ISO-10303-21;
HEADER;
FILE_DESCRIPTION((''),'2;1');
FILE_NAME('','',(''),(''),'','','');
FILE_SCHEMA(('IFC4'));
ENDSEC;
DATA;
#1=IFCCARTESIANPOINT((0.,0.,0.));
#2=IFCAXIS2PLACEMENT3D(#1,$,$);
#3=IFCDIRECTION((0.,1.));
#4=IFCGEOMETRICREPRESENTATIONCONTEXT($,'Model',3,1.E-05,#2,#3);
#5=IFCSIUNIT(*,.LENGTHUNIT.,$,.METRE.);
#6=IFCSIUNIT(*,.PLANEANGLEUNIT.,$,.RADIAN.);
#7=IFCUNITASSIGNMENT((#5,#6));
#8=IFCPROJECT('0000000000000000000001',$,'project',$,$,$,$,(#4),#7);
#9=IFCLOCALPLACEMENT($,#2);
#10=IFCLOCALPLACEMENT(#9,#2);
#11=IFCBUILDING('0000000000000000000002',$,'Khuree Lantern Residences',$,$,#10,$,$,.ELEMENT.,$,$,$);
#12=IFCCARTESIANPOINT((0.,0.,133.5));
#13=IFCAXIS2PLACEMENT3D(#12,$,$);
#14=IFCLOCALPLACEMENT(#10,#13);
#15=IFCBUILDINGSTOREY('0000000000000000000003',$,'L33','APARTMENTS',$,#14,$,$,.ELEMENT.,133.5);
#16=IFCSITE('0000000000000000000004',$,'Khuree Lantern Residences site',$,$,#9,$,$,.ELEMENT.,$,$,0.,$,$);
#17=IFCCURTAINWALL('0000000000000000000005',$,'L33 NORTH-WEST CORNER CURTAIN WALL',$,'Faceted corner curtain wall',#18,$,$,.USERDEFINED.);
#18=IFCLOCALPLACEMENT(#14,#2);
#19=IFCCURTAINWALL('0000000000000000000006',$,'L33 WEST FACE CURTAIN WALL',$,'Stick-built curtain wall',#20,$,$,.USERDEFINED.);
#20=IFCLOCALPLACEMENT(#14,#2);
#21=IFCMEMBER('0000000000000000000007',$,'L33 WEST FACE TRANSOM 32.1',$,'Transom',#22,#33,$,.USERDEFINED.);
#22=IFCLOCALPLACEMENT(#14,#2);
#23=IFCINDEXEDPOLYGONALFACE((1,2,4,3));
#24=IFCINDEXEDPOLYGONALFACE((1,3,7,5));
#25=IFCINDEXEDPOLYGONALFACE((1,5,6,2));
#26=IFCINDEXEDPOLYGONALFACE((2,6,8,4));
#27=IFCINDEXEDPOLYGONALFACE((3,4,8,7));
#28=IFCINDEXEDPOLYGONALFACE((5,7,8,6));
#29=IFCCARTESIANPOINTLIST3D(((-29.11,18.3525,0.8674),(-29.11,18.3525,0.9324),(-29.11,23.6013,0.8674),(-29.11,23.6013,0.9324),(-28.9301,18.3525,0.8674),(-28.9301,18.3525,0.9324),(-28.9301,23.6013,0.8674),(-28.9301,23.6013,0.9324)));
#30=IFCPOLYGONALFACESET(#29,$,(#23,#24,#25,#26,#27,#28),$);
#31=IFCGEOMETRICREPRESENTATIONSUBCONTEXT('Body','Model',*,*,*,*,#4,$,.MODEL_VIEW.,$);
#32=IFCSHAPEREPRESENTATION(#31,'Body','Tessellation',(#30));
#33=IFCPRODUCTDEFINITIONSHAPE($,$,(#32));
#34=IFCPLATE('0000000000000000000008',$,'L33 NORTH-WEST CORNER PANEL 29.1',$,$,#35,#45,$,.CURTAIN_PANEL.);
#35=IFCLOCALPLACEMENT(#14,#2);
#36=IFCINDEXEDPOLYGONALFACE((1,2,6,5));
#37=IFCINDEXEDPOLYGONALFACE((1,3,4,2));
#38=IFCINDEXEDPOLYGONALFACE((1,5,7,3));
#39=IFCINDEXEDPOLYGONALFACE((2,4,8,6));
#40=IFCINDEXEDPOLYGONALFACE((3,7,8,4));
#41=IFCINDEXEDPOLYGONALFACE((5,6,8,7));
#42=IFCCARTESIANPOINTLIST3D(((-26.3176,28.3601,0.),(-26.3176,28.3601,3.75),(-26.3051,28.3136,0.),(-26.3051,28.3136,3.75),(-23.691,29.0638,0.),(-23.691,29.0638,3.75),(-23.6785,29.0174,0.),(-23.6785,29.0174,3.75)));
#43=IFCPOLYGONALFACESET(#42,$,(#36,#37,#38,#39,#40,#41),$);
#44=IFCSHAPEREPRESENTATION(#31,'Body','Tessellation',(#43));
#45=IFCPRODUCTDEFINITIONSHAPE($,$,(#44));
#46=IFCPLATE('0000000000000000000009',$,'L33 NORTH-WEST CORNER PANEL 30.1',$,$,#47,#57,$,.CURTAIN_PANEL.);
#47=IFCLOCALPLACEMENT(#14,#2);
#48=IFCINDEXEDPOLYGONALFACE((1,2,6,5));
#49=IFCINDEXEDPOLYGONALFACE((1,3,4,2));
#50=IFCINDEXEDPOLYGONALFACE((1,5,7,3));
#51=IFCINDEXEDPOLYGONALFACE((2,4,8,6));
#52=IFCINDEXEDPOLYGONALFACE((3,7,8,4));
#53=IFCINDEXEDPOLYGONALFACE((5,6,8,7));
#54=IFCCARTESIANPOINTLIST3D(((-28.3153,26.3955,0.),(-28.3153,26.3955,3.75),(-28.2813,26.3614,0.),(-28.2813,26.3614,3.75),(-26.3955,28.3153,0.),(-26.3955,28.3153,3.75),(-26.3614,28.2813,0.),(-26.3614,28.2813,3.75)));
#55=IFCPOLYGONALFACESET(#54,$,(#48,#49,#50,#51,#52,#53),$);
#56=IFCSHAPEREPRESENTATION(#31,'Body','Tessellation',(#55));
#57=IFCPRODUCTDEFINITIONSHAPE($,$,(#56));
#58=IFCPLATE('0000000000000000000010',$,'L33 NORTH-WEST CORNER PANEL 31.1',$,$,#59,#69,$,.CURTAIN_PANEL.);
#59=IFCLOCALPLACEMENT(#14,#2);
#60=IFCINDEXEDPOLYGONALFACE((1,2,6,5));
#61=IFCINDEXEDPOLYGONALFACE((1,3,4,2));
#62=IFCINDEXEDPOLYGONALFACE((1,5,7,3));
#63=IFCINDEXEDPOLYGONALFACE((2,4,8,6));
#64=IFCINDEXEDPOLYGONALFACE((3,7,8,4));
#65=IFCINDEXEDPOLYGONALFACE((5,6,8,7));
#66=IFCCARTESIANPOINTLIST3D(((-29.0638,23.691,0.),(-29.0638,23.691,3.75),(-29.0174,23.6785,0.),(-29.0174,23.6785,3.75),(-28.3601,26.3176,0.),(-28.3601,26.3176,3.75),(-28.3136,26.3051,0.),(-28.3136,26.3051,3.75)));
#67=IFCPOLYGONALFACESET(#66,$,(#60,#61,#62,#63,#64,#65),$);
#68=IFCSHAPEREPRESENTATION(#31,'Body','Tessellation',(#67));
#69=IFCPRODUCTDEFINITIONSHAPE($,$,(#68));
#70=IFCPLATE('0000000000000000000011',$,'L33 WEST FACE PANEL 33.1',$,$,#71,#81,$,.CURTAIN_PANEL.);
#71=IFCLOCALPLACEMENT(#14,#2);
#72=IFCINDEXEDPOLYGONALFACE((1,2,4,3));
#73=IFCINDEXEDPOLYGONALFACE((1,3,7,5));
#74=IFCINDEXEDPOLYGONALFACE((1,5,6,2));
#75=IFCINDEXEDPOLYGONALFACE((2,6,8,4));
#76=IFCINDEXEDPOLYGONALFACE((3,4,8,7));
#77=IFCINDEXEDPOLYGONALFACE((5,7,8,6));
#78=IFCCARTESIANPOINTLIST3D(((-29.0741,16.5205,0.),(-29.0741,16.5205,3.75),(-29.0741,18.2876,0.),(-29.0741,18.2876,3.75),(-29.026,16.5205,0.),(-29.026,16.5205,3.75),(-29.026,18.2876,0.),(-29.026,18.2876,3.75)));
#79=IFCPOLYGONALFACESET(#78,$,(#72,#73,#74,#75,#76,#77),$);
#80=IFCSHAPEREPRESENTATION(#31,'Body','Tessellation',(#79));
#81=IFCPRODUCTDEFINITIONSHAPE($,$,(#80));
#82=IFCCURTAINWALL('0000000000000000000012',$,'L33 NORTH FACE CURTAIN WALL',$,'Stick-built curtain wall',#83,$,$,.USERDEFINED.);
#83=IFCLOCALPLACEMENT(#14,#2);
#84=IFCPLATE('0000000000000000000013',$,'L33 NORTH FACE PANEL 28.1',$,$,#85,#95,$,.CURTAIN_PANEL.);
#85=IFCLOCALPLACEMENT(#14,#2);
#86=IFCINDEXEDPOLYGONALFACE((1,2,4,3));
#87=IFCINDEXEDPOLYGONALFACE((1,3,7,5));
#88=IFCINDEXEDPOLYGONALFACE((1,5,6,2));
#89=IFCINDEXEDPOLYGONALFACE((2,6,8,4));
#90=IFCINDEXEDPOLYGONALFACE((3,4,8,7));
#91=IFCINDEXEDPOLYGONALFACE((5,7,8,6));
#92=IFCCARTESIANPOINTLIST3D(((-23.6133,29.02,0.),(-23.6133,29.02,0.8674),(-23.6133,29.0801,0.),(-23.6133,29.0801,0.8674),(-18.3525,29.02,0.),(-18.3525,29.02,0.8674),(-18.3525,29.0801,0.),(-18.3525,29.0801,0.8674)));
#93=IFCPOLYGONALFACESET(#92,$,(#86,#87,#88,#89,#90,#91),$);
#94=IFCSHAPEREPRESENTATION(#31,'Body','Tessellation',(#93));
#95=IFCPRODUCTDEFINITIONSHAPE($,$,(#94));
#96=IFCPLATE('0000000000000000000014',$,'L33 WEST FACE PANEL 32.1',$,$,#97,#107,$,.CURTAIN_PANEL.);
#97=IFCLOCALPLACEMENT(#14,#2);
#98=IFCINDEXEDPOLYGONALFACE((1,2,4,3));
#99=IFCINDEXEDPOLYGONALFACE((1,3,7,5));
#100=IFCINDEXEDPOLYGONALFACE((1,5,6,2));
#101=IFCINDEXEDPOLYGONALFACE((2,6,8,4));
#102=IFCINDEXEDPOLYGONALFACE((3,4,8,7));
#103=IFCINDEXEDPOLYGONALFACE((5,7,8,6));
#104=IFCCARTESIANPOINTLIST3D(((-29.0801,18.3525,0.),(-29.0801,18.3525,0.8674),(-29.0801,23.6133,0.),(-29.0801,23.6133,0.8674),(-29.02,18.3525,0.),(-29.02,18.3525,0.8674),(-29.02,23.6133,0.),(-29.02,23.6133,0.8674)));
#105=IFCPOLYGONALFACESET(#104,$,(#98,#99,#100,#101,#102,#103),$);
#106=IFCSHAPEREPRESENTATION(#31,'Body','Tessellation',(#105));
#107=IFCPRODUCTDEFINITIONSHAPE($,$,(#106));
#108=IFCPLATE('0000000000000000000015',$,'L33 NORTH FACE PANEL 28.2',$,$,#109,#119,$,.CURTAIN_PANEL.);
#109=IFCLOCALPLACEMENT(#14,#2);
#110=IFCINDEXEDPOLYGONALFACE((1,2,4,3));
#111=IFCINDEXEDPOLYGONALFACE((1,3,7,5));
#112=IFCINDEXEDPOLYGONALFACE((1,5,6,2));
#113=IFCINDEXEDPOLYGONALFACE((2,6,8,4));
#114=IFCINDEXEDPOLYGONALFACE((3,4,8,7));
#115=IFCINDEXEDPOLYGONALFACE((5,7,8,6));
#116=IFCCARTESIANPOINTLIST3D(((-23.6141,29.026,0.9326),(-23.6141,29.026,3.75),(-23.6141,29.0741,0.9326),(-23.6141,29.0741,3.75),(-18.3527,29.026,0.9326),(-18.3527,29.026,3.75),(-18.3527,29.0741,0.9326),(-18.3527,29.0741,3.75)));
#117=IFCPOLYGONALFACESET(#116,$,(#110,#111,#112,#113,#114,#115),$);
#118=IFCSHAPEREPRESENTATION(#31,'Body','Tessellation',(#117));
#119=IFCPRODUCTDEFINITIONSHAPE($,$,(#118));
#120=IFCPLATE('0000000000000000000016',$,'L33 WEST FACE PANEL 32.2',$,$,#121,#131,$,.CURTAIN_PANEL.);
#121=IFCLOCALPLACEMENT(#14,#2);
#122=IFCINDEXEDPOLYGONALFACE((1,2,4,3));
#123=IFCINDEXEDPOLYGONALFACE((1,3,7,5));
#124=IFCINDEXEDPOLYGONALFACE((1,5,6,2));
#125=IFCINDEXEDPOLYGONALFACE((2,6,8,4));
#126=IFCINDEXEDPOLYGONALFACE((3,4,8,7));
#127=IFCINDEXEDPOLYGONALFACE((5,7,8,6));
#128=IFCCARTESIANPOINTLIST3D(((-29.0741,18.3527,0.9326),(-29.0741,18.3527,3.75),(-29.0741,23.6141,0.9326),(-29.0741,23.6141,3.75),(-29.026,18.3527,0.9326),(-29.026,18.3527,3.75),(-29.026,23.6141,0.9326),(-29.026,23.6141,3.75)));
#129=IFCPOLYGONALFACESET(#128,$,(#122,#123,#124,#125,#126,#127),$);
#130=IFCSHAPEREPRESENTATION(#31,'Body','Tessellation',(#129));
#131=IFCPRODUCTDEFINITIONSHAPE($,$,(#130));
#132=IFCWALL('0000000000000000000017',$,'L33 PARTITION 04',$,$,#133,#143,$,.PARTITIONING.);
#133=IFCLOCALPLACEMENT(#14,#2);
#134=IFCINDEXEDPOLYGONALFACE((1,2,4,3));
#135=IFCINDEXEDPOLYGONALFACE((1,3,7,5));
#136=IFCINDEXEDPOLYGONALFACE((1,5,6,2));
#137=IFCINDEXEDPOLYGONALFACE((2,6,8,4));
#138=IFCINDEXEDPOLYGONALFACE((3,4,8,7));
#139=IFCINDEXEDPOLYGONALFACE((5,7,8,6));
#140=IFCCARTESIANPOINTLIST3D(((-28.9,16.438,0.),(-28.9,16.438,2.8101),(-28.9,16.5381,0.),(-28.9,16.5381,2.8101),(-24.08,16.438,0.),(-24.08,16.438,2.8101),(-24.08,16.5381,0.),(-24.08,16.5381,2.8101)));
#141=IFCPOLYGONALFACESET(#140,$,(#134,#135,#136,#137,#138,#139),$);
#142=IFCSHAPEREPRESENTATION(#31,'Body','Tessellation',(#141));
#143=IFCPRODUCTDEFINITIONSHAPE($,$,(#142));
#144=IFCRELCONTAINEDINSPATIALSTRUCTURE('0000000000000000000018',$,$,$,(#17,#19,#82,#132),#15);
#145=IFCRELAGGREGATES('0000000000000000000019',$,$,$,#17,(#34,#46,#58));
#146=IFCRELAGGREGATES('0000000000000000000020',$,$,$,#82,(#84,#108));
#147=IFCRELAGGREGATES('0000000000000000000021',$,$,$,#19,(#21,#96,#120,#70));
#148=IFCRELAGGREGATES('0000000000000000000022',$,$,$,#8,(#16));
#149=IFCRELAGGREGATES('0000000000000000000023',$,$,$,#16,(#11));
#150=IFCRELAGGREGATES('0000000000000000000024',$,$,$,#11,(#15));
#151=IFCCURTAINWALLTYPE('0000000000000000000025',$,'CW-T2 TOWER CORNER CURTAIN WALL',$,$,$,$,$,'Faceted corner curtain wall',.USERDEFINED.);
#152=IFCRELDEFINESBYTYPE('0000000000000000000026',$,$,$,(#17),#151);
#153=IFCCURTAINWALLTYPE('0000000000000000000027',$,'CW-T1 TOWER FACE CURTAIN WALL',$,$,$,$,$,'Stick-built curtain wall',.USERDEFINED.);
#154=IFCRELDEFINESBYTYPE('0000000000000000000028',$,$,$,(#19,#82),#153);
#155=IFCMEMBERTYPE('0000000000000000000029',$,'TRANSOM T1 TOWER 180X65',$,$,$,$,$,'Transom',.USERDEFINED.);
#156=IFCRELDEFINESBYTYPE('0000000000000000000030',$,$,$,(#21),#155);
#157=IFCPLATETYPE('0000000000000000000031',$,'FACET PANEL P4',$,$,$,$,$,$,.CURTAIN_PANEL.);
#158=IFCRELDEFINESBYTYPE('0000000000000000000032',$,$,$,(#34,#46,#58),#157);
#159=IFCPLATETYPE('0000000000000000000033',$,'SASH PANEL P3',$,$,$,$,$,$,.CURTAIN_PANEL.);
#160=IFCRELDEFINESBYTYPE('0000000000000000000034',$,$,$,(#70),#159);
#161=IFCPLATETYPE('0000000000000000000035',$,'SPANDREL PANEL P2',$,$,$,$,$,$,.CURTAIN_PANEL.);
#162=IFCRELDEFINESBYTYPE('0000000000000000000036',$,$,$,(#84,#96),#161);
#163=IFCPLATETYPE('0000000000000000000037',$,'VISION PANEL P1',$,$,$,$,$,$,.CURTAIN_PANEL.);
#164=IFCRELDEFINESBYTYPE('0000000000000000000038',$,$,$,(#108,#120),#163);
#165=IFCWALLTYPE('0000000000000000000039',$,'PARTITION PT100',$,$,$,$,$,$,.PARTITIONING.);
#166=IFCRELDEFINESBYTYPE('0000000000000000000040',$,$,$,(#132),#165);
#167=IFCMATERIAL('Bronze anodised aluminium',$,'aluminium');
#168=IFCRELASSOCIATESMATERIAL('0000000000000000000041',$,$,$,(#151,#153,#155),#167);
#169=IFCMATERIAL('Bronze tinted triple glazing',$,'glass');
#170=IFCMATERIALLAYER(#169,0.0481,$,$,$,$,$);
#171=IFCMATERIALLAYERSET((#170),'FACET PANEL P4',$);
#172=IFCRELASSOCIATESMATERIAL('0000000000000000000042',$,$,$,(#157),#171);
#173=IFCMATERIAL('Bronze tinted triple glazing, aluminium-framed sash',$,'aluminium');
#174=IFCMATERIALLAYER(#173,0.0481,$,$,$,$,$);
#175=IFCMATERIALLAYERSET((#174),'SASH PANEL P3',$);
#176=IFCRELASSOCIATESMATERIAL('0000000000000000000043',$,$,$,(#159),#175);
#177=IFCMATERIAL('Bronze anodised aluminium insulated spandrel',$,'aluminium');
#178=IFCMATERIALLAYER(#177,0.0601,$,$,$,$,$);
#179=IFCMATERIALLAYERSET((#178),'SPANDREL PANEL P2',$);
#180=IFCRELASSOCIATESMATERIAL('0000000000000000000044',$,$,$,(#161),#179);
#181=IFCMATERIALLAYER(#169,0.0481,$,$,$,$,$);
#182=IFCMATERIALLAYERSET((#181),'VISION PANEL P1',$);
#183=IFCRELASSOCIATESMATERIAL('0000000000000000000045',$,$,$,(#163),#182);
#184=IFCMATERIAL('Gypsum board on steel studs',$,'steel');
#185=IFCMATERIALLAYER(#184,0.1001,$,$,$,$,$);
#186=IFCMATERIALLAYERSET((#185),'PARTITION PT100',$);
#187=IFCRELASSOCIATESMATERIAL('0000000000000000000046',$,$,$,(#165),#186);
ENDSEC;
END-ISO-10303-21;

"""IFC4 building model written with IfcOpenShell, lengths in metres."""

from ifc_helpers import new_model, si_unit, direction, frame, frame_2d, origin, origin_2d, place, context, subcontext, project, spatial, rectangle, extrude, material, layer, layer_set, material_profile, profile_set, type_object, element, aggregate, save


model = new_model("IFC4")

# Units and contexts
model_context = context("Model", 3, precision=1e-05, world=origin(), true_north=direction((0.0, 1.0)))
body_context = subcontext(model_context, "Body", "Model", "MODEL_VIEW")
ifc_project = project(units=[si_unit("LENGTHUNIT", "METRE"), si_unit("PLANEANGLEUNIT", "RADIAN")], contexts=[model_context])

# Site, building, storey
site_placement = place(None, origin())
site = spatial("IfcSite", under=ifc_project, at=site_placement, Name="Khuree Lantern Residences site", CompositionType="ELEMENT", RefElevation=0.0)
building_placement = place(site_placement, origin())
building = spatial("IfcBuilding", under=site, at=building_placement, Name="Khuree Lantern Residences", CompositionType="ELEMENT")
storey_placement = place(building_placement, frame((0.0, 0.0, 133.5)))
storey = spatial("IfcBuildingStorey", under=building, at=storey_placement, Name="L33", Description="APARTMENTS", CompositionType="ELEMENT", Elevation=133.5)

# Curtain wall
ifc_material_1 = material(Name="Bronze anodised aluminium", Category="aluminium")
curtain_wall_type_1 = type_object("IfcCurtainWallType", Name="CW-T2 TOWER CORNER CURTAIN WALL", ElementType="Faceted corner curtain wall", PredefinedType="USERDEFINED", material=ifc_material_1)
curtain_wall_1_placement = place(storey_placement, origin())
curtain_wall_1 = element("IfcCurtainWall", 1, at=curtain_wall_1_placement, inside=storey, type_object=curtain_wall_type_1, Name="L33 NORTH-WEST CORNER CURTAIN WALL", ObjectType="Faceted corner curtain wall", PredefinedType="USERDEFINED")

# Curtain wall, member
curtain_wall_type_2 = type_object("IfcCurtainWallType", Name="CW-T1 TOWER FACE CURTAIN WALL", ElementType="Stick-built curtain wall", PredefinedType="USERDEFINED", material=ifc_material_1)
curtain_wall_2_placement = place(storey_placement, origin())
curtain_wall_2 = element("IfcCurtainWall", 2, at=curtain_wall_2_placement, inside=storey, type_object=curtain_wall_type_2, Name="L33 WEST FACE CURTAIN WALL", ObjectType="Stick-built curtain wall", PredefinedType="USERDEFINED")
ifc_material_profile_1 = material_profile(ifc_material_1, rectangle(XDim=0.1799, YDim=0.0649, at=origin_2d()), Name="T1 180X65")
ifc_profile_set_1 = profile_set([ifc_material_profile_1], Name="Bronze anodised aluminium")
member_type_1 = type_object("IfcMemberType", Name="TRANSOM T1 TOWER 180X65", ElementType="Transom", PredefinedType="USERDEFINED", material=ifc_profile_set_1)
member_1_placement = place(storey_placement, frame((-29.02, 23.6013, 0.8999), z_axis=(0.0, -1.0, 0.0), x_axis=(1.0, 0.0, 0.0)))
member_1 = element("IfcMember", 3, at=member_1_placement, type_object=member_type_1, Name="L33 WEST FACE TRANSOM 32.1", ObjectType="Transom", PredefinedType="USERDEFINED", context=body_context, shape_type="SweptSolid", body=[
    extrude(rectangle(XDim=0.1799, YDim=0.0649, at=origin_2d()), origin(), (0.0, 0.0, 1.0), 5.2488),
])

# Plates
ifc_material_2 = material(Name="Bronze tinted triple glazing", Category="glass")
ifc_layer_1 = layer(ifc_material_2, 0.0481)
ifc_layer_set_1 = layer_set([ifc_layer_1], Name="FACET PANEL P4")
plate_type_1 = type_object("IfcPlateType", Name="FACET PANEL P4", PredefinedType="CURTAIN_PANEL", material=ifc_layer_set_1)
plate_1_placement = place(storey_placement, frame((-24.998, 28.6887, 0.0), z_axis=(0.0, 0.0, 1.0), x_axis=(-0.965926, -0.258819, 0.0)))
plate_1 = element("IfcPlate", 4, at=plate_1_placement, type_object=plate_type_1, Name="L33 NORTH-WEST CORNER PANEL 29.1", PredefinedType="CURTAIN_PANEL", context=body_context, shape_type="SweptSolid", body=[
    extrude(rectangle(XDim=2.7192, YDim=0.0481, at=origin_2d()), origin(), (0.0, 0.0, 1.0), 3.75),
])
plate_2_placement = place(storey_placement, frame((-27.3384, 27.3384, 0.0), z_axis=(0.0, 0.0, 1.0), x_axis=(-0.707107, -0.707107, 0.0)))
plate_2 = element("IfcPlate", 5, at=plate_2_placement, type_object=plate_type_1, Name="L33 NORTH-WEST CORNER PANEL 30.1", PredefinedType="CURTAIN_PANEL", context=body_context, shape_type="SweptSolid", body=[
    extrude(rectangle(XDim=2.7151, YDim=0.0481, at=origin_2d()), origin(), (0.0, 0.0, 1.0), 3.75),
])
plate_3_placement = place(storey_placement, frame((-28.6887, 24.998, 0.0), z_axis=(0.0, 0.0, 1.0), x_axis=(-0.258819, -0.965926, 0.0)))
plate_3 = element("IfcPlate", 6, at=plate_3_placement, type_object=plate_type_1, Name="L33 NORTH-WEST CORNER PANEL 31.1", PredefinedType="CURTAIN_PANEL", context=body_context, shape_type="SweptSolid", body=[
    extrude(rectangle(XDim=2.7192, YDim=0.0481, at=origin_2d()), origin(), (0.0, 0.0, 1.0), 3.75),
])
aggregate(curtain_wall_1, [plate_1, plate_2, plate_3])
ifc_material_3 = material(Name="Bronze tinted triple glazing, aluminium-framed sash", Category="aluminium")
ifc_layer_2 = layer(ifc_material_3, 0.0481)
ifc_layer_set_2 = layer_set([ifc_layer_2], Name="SASH PANEL P3")
plate_type_2 = type_object("IfcPlateType", Name="SASH PANEL P3", PredefinedType="CURTAIN_PANEL", material=ifc_layer_set_2)
plate_4_placement = place(storey_placement, frame((-29.05, 17.4041, 0.0), z_axis=(0.0, 0.0, 1.0), x_axis=(0.0, -1.0, 0.0)))
plate_4 = element("IfcPlate", 7, at=plate_4_placement, type_object=plate_type_2, Name="L33 WEST FACE PANEL 33.1", PredefinedType="CURTAIN_PANEL", context=body_context, shape_type="SweptSolid", body=[
    extrude(rectangle(XDim=1.7671, YDim=0.0481, at=origin_2d()), origin(), (0.0, 0.0, 1.0), 3.75),
])

# Curtain wall, plate
curtain_wall_3_placement = place(storey_placement, origin())
curtain_wall_3 = element("IfcCurtainWall", 8, at=curtain_wall_3_placement, inside=storey, type_object=curtain_wall_type_2, Name="L33 NORTH FACE CURTAIN WALL", ObjectType="Stick-built curtain wall", PredefinedType="USERDEFINED")
ifc_material_4 = material(Name="Bronze anodised aluminium insulated spandrel", Category="aluminium")
ifc_layer_3 = layer(ifc_material_4, 0.0601)
ifc_layer_set_3 = layer_set([ifc_layer_3], Name="SPANDREL PANEL P2")
plate_type_3 = type_object("IfcPlateType", Name="SPANDREL PANEL P2", PredefinedType="CURTAIN_PANEL", material=ifc_layer_set_3)
plate_5_placement = place(storey_placement, frame((-20.9829, 29.05, 0.0), z_axis=(0.0, 0.0, 1.0), x_axis=(-1.0, 0.0, 0.0)))
plate_5 = element("IfcPlate", 9, at=plate_5_placement, type_object=plate_type_3, Name="L33 NORTH FACE PANEL 28.1", PredefinedType="CURTAIN_PANEL", context=body_context, shape_type="SweptSolid", body=[
    extrude(rectangle(XDim=5.2607, YDim=0.0601, at=origin_2d()), origin(), (0.0, 0.0, 1.0), 0.8674),
])

# Plates
plate_6_placement = place(storey_placement, frame((-29.05, 20.9829, 0.0), z_axis=(0.0, 0.0, 1.0), x_axis=(0.0, -1.0, 0.0)))
plate_6 = element("IfcPlate", 10, at=plate_6_placement, type_object=plate_type_3, Name="L33 WEST FACE PANEL 32.1", PredefinedType="CURTAIN_PANEL", context=body_context, shape_type="SweptSolid", body=[
    extrude(rectangle(XDim=5.2607, YDim=0.0601, at=origin_2d()), origin(), (0.0, 0.0, 1.0), 0.8674),
])
ifc_layer_4 = layer(ifc_material_2, 0.0481)
ifc_layer_set_4 = layer_set([ifc_layer_4], Name="VISION PANEL P1")
plate_type_4 = type_object("IfcPlateType", Name="VISION PANEL P1", PredefinedType="CURTAIN_PANEL", material=ifc_layer_set_4)
plate_7_placement = place(storey_placement, frame((-20.9834, 29.05, 0.9326), z_axis=(0.0, 0.0, 1.0), x_axis=(-1.0, 0.0, 0.0)))
plate_7 = element("IfcPlate", 11, at=plate_7_placement, type_object=plate_type_4, Name="L33 NORTH FACE PANEL 28.2", PredefinedType="CURTAIN_PANEL", context=body_context, shape_type="SweptSolid", body=[
    extrude(rectangle(XDim=5.2615, YDim=0.0481, at=origin_2d()), origin(), (0.0, 0.0, 1.0), 2.8174),
])
aggregate(curtain_wall_3, [plate_5, plate_7])
plate_8_placement = place(storey_placement, frame((-29.05, 20.9834, 0.9326), z_axis=(0.0, 0.0, 1.0), x_axis=(0.0, -1.0, 0.0)))
plate_8 = element("IfcPlate", 12, at=plate_8_placement, type_object=plate_type_4, Name="L33 WEST FACE PANEL 32.2", PredefinedType="CURTAIN_PANEL", context=body_context, shape_type="SweptSolid", body=[
    extrude(rectangle(XDim=5.2615, YDim=0.0481, at=origin_2d()), origin(), (0.0, 0.0, 1.0), 2.8174),
])
aggregate(curtain_wall_2, [member_1, plate_6, plate_8, plate_4])

# Wall
ifc_material_5 = material(Name="Gypsum board on steel studs", Category="steel")
ifc_layer_5 = layer(ifc_material_5, 0.1001)
ifc_layer_set_5 = layer_set([ifc_layer_5], Name="PARTITION PT100")
wall_type = type_object("IfcWallType", Name="PARTITION PT100", PredefinedType="PARTITIONING", material=ifc_layer_set_5)
wall_placement = place(storey_placement, frame((-24.0798, 16.488, 0.0), z_axis=(0.0, 0.0, 1.0), x_axis=(-1.0, 0.0, 0.0)))
element("IfcWall", 13, at=wall_placement, inside=storey, type_object=wall_type, Name="L33 PARTITION 04", PredefinedType="PARTITIONING", context=body_context, shape_type="SweptSolid", body=[
    extrude(rectangle(XDim=4.8201, YDim=0.1001, at=frame_2d((2.4102, 0.0))), origin(), (0.0, 0.0, 1.0), 2.8101),
])

save(model, "model.ifc")
